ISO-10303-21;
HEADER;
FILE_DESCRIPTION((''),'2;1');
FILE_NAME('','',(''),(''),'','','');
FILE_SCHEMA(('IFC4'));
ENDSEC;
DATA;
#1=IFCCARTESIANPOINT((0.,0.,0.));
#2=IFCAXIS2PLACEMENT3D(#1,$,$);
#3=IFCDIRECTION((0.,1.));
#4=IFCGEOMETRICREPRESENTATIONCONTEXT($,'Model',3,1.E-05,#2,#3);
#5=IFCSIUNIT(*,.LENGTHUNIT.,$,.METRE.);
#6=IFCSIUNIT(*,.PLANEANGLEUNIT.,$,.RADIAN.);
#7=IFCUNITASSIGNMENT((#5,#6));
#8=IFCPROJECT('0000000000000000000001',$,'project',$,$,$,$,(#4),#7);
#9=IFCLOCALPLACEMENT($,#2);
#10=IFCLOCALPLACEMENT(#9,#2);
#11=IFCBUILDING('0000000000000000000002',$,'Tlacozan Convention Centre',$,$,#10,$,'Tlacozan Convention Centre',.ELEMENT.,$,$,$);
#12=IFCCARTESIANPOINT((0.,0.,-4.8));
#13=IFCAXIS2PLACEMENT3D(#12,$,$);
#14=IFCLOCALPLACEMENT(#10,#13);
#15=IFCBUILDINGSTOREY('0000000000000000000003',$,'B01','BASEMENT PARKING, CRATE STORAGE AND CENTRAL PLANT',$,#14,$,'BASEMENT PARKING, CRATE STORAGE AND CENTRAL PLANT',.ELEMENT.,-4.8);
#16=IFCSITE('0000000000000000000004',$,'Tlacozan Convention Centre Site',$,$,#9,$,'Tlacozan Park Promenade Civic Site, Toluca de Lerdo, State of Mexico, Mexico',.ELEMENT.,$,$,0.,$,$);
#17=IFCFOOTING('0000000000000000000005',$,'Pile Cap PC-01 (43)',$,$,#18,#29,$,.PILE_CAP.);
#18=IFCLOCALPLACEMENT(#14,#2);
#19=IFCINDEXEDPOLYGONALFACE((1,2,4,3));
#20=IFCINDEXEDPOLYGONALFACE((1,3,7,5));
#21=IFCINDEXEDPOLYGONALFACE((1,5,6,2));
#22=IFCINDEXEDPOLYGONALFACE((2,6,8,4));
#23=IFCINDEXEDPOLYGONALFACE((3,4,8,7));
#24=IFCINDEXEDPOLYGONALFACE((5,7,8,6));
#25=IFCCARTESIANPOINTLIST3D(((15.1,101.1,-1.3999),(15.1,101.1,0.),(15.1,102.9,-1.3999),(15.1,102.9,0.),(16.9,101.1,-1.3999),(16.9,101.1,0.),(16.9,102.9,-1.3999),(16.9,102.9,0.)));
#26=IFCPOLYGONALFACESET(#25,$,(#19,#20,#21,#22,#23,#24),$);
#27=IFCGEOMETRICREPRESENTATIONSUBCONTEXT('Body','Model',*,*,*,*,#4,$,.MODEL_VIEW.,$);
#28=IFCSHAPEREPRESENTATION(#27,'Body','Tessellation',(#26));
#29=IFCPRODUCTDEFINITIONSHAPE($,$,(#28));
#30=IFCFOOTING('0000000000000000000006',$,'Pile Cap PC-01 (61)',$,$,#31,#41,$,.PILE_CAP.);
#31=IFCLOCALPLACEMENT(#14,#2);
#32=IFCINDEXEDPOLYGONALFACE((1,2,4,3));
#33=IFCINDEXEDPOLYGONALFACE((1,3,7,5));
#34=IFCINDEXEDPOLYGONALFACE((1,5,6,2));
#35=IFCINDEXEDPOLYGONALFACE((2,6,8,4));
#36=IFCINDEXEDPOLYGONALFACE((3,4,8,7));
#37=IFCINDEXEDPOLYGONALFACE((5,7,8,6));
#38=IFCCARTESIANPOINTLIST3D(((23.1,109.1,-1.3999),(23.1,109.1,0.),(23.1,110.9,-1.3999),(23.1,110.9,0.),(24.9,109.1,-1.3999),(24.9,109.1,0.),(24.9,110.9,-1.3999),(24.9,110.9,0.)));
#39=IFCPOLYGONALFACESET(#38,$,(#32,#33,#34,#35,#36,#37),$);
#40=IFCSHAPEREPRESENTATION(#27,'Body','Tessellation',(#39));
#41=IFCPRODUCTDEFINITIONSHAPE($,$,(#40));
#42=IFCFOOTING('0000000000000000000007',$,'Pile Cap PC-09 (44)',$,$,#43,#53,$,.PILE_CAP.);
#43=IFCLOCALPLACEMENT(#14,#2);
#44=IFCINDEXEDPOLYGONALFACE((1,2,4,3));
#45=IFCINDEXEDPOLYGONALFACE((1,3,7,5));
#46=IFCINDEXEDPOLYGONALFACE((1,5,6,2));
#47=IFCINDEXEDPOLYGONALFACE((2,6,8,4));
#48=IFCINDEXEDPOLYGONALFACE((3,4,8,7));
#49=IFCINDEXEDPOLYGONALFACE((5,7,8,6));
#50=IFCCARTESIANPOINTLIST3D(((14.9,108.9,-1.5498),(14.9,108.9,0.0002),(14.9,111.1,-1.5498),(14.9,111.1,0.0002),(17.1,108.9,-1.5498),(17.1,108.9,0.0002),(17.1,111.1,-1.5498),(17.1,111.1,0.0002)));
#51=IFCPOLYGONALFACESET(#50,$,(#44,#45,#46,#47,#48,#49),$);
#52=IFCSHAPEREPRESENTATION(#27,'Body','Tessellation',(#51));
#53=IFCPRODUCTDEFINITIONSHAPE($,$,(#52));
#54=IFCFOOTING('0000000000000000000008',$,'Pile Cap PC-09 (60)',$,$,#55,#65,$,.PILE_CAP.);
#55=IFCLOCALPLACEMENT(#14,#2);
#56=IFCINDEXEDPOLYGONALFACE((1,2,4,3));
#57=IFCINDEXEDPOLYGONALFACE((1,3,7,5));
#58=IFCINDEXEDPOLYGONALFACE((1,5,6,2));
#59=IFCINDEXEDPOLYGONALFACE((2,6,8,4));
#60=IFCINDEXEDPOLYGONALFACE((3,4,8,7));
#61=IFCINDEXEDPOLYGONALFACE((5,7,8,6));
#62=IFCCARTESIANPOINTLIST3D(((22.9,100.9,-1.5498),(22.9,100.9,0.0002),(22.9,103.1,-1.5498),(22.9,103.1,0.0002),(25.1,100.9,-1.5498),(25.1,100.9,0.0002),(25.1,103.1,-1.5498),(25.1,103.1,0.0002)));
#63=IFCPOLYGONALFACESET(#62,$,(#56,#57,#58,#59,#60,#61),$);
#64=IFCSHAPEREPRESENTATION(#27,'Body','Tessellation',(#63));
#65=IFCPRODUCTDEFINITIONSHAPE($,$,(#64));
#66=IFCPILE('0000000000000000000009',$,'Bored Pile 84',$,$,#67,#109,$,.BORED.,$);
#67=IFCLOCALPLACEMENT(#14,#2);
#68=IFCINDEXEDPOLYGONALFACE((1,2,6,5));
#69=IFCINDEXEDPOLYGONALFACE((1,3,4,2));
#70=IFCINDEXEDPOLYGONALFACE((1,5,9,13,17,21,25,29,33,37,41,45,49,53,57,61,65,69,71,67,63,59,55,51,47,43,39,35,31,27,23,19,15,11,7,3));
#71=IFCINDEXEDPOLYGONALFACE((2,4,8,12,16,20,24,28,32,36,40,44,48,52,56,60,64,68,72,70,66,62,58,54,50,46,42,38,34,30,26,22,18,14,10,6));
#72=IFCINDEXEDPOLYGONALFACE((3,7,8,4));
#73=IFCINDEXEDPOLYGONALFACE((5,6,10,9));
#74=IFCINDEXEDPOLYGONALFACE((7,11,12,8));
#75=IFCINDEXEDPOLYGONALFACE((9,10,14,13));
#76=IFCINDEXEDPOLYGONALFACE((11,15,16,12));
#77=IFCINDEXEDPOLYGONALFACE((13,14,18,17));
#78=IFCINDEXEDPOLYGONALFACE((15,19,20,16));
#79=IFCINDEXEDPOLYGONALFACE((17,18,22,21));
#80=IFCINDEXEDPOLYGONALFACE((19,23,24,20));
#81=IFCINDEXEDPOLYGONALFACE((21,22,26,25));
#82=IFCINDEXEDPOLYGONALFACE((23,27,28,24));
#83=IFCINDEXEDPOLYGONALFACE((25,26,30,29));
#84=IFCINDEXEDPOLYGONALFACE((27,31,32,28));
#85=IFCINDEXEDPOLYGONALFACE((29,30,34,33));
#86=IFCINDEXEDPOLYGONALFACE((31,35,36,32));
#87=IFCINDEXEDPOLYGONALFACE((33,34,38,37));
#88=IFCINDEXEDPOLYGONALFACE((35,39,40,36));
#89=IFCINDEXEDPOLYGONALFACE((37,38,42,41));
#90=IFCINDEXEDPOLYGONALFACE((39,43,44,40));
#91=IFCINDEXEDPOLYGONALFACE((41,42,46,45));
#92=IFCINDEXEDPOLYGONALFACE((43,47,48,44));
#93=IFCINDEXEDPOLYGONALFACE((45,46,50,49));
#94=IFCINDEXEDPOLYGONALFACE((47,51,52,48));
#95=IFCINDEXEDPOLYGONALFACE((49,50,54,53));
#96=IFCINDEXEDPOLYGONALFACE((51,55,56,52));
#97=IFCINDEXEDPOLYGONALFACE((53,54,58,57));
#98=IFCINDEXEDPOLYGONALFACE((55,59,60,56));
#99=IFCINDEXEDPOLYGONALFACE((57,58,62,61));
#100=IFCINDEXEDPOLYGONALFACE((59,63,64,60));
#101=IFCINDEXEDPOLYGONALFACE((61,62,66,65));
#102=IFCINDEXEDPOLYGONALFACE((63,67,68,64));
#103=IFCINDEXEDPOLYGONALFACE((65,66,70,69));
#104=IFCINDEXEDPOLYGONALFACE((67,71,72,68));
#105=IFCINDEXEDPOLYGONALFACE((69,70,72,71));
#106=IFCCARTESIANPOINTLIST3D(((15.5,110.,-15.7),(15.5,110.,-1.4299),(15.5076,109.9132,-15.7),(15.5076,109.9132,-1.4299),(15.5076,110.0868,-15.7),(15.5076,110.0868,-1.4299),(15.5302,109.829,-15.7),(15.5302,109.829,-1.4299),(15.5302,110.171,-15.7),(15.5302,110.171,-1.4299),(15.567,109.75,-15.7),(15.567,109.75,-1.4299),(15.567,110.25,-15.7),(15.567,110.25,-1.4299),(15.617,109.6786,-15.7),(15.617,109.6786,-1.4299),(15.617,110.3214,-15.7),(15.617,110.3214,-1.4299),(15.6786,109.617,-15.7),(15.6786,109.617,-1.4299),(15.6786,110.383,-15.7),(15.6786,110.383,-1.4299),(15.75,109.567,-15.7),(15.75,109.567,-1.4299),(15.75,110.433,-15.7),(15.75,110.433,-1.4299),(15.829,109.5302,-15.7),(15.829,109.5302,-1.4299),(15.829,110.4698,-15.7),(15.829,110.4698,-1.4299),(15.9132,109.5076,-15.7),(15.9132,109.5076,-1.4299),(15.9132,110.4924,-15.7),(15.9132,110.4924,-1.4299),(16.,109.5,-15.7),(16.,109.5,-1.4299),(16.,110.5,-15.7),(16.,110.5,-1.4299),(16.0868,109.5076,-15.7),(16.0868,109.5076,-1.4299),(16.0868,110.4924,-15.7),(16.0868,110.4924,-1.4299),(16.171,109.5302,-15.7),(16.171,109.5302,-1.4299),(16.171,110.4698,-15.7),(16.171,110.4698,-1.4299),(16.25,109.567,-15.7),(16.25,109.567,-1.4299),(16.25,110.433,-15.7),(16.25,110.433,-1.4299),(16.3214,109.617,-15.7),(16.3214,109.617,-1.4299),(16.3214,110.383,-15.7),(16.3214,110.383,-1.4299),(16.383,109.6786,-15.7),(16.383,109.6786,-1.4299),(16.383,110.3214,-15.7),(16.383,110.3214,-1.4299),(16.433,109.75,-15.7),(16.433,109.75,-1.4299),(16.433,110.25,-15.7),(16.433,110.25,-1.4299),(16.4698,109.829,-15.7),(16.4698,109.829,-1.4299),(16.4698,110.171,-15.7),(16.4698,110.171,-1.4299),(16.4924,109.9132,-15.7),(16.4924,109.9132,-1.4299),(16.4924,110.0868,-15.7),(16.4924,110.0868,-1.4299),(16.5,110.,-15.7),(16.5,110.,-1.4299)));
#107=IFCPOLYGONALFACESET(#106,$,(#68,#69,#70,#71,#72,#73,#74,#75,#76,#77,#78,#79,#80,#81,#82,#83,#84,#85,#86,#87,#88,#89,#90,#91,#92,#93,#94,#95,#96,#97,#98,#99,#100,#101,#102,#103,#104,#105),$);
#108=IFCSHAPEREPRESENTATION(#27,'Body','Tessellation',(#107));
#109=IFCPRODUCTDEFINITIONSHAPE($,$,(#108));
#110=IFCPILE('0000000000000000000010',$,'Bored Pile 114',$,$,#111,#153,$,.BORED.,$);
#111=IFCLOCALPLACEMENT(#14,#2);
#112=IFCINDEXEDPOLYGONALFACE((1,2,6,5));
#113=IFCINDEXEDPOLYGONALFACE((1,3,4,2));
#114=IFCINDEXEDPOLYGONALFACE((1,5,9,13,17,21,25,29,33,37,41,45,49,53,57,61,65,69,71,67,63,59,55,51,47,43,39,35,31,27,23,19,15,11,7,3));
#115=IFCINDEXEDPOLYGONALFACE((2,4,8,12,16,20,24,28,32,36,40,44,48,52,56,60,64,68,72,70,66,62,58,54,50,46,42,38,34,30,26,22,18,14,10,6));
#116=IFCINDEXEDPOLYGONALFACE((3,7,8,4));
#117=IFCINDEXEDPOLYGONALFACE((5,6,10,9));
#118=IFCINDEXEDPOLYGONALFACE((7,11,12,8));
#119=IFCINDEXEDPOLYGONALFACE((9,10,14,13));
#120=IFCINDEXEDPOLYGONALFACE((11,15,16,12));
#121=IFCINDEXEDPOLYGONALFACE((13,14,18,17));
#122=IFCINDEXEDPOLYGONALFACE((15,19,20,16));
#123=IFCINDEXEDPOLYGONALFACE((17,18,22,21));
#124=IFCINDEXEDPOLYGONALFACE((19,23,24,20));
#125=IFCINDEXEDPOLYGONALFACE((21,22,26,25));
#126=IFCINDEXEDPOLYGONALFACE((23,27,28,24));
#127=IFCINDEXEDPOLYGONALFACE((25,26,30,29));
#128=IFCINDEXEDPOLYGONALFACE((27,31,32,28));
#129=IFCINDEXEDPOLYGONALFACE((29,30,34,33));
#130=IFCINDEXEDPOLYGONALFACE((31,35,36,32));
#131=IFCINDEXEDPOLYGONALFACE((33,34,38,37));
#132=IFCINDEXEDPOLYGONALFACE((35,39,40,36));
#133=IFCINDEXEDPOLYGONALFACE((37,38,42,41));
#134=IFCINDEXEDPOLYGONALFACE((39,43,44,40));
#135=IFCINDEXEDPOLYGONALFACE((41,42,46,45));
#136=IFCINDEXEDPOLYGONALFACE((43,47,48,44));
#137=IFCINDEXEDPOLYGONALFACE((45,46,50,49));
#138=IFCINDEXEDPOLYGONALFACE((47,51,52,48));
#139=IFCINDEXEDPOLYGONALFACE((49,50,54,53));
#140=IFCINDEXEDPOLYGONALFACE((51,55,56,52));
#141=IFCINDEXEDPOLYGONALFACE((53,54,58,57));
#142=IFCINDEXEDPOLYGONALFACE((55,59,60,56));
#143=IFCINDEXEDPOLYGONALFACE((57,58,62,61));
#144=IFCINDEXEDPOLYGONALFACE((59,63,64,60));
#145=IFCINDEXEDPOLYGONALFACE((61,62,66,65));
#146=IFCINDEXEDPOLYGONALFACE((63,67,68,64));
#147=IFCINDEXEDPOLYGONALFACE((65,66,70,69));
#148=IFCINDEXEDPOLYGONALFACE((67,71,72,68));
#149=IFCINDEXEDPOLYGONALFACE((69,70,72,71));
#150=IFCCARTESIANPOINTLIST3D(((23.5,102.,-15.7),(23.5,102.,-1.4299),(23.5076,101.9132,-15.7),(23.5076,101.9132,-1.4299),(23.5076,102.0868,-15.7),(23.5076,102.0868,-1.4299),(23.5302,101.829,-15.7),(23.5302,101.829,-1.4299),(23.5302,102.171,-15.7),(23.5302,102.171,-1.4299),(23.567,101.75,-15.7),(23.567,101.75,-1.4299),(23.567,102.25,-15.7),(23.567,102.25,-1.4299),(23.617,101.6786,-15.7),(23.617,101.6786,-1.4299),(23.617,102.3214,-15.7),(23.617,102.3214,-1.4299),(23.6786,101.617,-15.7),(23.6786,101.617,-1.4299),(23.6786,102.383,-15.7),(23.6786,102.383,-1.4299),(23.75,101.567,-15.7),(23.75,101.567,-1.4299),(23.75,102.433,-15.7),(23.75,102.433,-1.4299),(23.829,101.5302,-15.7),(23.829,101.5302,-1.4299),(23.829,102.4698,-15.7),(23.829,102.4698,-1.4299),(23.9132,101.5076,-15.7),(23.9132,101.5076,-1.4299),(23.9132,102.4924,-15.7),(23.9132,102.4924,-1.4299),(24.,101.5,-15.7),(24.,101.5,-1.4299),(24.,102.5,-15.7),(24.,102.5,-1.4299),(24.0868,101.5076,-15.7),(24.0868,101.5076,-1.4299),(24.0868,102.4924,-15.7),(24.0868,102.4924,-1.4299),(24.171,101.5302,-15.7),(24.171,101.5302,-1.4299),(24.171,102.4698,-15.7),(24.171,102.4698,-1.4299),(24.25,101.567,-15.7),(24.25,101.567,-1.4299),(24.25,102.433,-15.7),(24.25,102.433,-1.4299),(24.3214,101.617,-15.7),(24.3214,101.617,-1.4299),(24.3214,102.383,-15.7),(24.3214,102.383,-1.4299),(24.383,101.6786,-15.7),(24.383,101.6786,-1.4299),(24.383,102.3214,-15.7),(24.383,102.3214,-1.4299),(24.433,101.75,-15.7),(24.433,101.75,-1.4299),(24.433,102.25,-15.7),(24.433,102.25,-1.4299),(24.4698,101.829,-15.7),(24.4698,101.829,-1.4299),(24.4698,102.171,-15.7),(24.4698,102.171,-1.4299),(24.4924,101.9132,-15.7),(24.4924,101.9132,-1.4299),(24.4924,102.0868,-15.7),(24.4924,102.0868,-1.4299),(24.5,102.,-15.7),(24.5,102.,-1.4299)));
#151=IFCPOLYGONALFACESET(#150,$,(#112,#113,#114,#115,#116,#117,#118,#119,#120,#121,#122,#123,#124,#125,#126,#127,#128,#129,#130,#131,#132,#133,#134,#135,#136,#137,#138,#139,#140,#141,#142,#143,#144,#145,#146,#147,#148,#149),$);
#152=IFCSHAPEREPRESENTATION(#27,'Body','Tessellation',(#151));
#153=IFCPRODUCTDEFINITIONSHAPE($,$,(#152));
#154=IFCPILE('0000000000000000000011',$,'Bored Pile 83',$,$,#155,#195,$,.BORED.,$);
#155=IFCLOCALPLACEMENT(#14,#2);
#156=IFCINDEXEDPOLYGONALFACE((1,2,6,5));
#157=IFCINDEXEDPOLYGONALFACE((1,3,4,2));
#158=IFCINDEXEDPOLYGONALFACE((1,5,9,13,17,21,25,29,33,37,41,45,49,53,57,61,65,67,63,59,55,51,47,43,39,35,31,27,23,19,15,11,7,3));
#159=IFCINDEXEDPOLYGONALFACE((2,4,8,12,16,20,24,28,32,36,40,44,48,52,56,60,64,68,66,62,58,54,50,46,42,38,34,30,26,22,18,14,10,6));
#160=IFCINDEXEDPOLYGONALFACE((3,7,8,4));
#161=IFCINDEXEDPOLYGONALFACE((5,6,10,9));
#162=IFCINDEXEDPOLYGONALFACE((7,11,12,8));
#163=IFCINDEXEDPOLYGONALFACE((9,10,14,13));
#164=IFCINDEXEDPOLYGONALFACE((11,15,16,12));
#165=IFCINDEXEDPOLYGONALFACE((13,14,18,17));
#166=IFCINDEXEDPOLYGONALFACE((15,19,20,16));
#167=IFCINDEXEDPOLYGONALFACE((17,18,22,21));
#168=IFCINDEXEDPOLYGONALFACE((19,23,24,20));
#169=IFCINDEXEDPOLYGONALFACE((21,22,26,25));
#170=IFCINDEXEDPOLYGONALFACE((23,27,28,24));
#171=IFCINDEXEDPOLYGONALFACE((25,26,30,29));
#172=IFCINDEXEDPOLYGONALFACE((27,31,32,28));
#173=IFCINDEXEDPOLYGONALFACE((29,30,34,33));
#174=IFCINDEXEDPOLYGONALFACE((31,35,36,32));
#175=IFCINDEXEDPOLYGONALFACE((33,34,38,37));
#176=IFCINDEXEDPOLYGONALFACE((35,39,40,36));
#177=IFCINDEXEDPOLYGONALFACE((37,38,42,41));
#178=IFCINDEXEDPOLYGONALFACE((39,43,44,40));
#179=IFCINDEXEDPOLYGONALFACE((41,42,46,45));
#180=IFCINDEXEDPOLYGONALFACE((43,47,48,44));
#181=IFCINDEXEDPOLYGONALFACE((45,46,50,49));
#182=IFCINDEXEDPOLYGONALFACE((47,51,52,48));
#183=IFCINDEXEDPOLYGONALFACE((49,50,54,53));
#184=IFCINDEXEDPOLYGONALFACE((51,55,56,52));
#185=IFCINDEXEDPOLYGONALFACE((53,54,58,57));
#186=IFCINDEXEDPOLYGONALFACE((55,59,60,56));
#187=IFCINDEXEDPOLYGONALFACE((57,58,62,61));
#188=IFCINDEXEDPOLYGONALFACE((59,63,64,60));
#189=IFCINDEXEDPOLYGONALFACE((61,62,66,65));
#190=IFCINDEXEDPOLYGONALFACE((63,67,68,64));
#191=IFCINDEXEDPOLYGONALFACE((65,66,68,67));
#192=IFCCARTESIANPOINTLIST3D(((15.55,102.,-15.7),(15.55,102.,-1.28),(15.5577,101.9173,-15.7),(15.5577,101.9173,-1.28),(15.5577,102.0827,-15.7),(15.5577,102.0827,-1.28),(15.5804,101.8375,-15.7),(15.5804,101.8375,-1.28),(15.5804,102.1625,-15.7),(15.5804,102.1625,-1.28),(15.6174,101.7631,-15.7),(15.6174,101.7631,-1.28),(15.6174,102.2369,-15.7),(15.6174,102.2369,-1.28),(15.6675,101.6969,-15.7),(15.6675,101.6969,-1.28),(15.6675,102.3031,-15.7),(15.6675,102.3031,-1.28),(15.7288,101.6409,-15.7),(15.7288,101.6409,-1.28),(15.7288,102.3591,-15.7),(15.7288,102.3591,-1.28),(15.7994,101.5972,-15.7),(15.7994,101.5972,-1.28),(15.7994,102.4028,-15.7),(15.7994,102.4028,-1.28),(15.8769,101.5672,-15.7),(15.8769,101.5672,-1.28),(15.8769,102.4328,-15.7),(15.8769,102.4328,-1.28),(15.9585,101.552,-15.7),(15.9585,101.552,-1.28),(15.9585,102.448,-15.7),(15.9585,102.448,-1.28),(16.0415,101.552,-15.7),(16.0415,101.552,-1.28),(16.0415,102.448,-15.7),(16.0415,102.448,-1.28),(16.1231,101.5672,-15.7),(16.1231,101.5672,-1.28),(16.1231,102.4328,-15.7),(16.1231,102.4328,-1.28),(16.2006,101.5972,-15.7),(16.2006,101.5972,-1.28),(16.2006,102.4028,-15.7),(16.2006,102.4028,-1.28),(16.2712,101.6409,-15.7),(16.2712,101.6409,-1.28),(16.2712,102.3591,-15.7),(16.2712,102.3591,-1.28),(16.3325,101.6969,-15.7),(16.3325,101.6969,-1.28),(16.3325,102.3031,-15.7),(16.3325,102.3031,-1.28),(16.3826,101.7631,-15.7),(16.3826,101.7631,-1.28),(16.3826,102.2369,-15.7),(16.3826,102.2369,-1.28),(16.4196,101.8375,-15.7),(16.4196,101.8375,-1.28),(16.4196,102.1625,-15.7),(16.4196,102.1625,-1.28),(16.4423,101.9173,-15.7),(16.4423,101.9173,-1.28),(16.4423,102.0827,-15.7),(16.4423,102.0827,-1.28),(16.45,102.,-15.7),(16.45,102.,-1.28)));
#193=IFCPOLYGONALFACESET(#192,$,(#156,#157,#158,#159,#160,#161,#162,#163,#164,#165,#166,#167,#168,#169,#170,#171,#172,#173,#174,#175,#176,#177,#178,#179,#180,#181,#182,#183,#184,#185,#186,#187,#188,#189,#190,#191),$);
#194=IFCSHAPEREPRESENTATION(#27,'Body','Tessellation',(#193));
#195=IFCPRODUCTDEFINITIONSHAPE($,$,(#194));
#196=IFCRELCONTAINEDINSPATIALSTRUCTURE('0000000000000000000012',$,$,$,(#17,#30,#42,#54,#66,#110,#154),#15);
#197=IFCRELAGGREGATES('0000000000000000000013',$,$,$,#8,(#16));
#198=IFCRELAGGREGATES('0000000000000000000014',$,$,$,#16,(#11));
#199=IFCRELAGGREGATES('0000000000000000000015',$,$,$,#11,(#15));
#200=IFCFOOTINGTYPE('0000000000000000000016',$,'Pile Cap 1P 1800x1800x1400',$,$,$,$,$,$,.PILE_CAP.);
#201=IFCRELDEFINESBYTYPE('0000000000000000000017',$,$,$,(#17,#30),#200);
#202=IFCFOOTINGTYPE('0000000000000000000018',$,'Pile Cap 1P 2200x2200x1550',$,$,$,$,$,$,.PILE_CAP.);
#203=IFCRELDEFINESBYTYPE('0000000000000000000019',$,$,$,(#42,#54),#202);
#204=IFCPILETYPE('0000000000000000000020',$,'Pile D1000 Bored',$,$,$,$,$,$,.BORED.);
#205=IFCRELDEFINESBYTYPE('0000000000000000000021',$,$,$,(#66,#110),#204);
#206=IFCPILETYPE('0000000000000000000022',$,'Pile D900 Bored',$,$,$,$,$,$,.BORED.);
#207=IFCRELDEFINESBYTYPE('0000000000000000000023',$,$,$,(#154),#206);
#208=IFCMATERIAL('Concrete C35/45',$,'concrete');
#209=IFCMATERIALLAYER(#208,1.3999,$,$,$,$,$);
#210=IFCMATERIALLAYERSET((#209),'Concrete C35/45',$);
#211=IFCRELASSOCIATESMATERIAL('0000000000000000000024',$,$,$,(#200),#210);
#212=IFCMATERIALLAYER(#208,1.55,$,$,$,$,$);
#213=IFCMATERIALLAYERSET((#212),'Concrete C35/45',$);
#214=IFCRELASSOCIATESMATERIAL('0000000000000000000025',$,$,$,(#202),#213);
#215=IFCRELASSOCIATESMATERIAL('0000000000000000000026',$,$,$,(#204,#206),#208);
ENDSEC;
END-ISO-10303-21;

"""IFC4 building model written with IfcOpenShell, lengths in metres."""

from ifc_helpers import new_model, si_unit, direction, frame, origin, origin_2d, place, context, subcontext, project, spatial, rectangle, circle, extrude, material, layer, layer_set, material_profile, profile_set, type_object, element, save


model = new_model("IFC4")

# Units and contexts
model_context = context("Model", 3, precision=1e-05, world=origin(), true_north=direction((0.0, 1.0)))
body_context = subcontext(model_context, "Body", "Model", "MODEL_VIEW")
ifc_project = project(units=[si_unit("LENGTHUNIT", "METRE"), si_unit("PLANEANGLEUNIT", "RADIAN")], contexts=[model_context])

# Site, building, storey
site_placement = place(None, origin())
site = spatial("IfcSite", under=ifc_project, at=site_placement, Name="Tlacozan Convention Centre Site", LongName="Tlacozan Park Promenade Civic Site, Toluca de Lerdo, State of Mexico, Mexico", CompositionType="ELEMENT", RefElevation=0.0)
building_placement = place(site_placement, origin())
building = spatial("IfcBuilding", under=site, at=building_placement, Name="Tlacozan Convention Centre", LongName="Tlacozan Convention Centre", CompositionType="ELEMENT")
storey_placement = place(building_placement, frame((0.0, 0.0, -4.8)))
storey = spatial("IfcBuildingStorey", under=building, at=storey_placement, Name="B01", Description="BASEMENT PARKING, CRATE STORAGE AND CENTRAL PLANT", LongName="BASEMENT PARKING, CRATE STORAGE AND CENTRAL PLANT", CompositionType="ELEMENT", Elevation=-4.8)

# Footings
ifc_material_1 = material(Name="Concrete C35/45", Category="concrete")
ifc_layer_1 = layer(ifc_material_1, 1.3999)
ifc_layer_set_1 = layer_set([ifc_layer_1], Name="Concrete C35/45")
footing_type_1 = type_object("IfcFootingType", Name="Pile Cap 1P 1800x1800x1400", PredefinedType="PILE_CAP", material=ifc_layer_set_1)
for number, where, z_axis, x_axis, name in (
    (1, (16.0, 102.0, -1.3999), (0.0, 0.0, 1.0), (1.0, 0.0, 0.0), "Pile Cap PC-01 (43)"),
    (2, (24.0, 110.0, -1.3999), (0.0, 0.0, 1.0), (1.0, 0.0, 0.0), "Pile Cap PC-01 (61)"),
):
    element("IfcFooting", number, at=place(storey_placement, frame(where, z_axis=z_axis, x_axis=x_axis)), inside=storey, type_object=footing_type_1, Name=name, PredefinedType="PILE_CAP", context=body_context, shape_type="SweptSolid", body=[
        extrude(rectangle(XDim=1.8, YDim=1.8, at=origin_2d()), origin(), (0.0, 0.0, 1.0), 1.3999),
    ])
ifc_layer_2 = layer(ifc_material_1, 1.55)
ifc_layer_set_2 = layer_set([ifc_layer_2], Name="Concrete C35/45")
footing_type_2 = type_object("IfcFootingType", Name="Pile Cap 1P 2200x2200x1550", PredefinedType="PILE_CAP", material=ifc_layer_set_2)
for number, where, z_axis, x_axis, name in (
    (3, (16.0, 110.0, -1.5498), (0.0, 0.0, 1.0), (1.0, 0.0, 0.0), "Pile Cap PC-09 (44)"),
    (4, (24.0, 102.0, -1.5498), (0.0, 0.0, 1.0), (1.0, 0.0, 0.0), "Pile Cap PC-09 (60)"),
):
    element("IfcFooting", number, at=place(storey_placement, frame(where, z_axis=z_axis, x_axis=x_axis)), inside=storey, type_object=footing_type_2, Name=name, PredefinedType="PILE_CAP", context=body_context, shape_type="SweptSolid", body=[
        extrude(rectangle(XDim=2.2, YDim=2.2, at=origin_2d()), origin(), (0.0, 0.0, 1.0), 1.55),
    ])

# Piles
ifc_material_profile_1 = material_profile(ifc_material_1, circle(Radius=0.5, at=origin_2d()), Name="PILE D1000")
ifc_profile_set_1 = profile_set([ifc_material_profile_1], Name="Concrete C35/45")
pile_type_1 = type_object("IfcPileType", Name="Pile D1000 Bored", PredefinedType="BORED", material=ifc_profile_set_1)
for number, where, z_axis, x_axis, name in (
    (5, (16.0, 110.0, -1.4299), (0.0, 0.0, -1.0), (1.0, 0.0, 0.0), "Bored Pile 84"),
    (6, (24.0, 102.0, -1.4299), (0.0, 0.0, -1.0), (1.0, 0.0, 0.0), "Bored Pile 114"),
):
    element("IfcPile", number, at=place(storey_placement, frame(where, z_axis=z_axis, x_axis=x_axis)), inside=storey, type_object=pile_type_1, Name=name, PredefinedType="BORED", context=body_context, shape_type="SweptSolid", body=[
        extrude(circle(Radius=0.5, at=origin_2d()), origin(), (0.0, 0.0, 1.0), 14.27),
    ])
ifc_material_profile_2 = material_profile(ifc_material_1, circle(Radius=0.45, at=origin_2d()), Name="PILE D900")
ifc_profile_set_2 = profile_set([ifc_material_profile_2], Name="Concrete C35/45")
pile_type_2 = type_object("IfcPileType", Name="Pile D900 Bored", PredefinedType="BORED", material=ifc_profile_set_2)
for number, where, z_axis, x_axis, name in (
    (7, (16.0, 102.0, -1.28), (0.0, 0.0, -1.0), (1.0, 0.0, 0.0), "Bored Pile 83"),
):
    element("IfcPile", number, at=place(storey_placement, frame(where, z_axis=z_axis, x_axis=x_axis)), inside=storey, type_object=pile_type_2, Name=name, PredefinedType="BORED", context=body_context, shape_type="SweptSolid", body=[
        extrude(circle(Radius=0.45, at=origin_2d()), origin(), (0.0, 0.0, 1.0), 14.4199),
    ])

save(model, "model.ifc")
